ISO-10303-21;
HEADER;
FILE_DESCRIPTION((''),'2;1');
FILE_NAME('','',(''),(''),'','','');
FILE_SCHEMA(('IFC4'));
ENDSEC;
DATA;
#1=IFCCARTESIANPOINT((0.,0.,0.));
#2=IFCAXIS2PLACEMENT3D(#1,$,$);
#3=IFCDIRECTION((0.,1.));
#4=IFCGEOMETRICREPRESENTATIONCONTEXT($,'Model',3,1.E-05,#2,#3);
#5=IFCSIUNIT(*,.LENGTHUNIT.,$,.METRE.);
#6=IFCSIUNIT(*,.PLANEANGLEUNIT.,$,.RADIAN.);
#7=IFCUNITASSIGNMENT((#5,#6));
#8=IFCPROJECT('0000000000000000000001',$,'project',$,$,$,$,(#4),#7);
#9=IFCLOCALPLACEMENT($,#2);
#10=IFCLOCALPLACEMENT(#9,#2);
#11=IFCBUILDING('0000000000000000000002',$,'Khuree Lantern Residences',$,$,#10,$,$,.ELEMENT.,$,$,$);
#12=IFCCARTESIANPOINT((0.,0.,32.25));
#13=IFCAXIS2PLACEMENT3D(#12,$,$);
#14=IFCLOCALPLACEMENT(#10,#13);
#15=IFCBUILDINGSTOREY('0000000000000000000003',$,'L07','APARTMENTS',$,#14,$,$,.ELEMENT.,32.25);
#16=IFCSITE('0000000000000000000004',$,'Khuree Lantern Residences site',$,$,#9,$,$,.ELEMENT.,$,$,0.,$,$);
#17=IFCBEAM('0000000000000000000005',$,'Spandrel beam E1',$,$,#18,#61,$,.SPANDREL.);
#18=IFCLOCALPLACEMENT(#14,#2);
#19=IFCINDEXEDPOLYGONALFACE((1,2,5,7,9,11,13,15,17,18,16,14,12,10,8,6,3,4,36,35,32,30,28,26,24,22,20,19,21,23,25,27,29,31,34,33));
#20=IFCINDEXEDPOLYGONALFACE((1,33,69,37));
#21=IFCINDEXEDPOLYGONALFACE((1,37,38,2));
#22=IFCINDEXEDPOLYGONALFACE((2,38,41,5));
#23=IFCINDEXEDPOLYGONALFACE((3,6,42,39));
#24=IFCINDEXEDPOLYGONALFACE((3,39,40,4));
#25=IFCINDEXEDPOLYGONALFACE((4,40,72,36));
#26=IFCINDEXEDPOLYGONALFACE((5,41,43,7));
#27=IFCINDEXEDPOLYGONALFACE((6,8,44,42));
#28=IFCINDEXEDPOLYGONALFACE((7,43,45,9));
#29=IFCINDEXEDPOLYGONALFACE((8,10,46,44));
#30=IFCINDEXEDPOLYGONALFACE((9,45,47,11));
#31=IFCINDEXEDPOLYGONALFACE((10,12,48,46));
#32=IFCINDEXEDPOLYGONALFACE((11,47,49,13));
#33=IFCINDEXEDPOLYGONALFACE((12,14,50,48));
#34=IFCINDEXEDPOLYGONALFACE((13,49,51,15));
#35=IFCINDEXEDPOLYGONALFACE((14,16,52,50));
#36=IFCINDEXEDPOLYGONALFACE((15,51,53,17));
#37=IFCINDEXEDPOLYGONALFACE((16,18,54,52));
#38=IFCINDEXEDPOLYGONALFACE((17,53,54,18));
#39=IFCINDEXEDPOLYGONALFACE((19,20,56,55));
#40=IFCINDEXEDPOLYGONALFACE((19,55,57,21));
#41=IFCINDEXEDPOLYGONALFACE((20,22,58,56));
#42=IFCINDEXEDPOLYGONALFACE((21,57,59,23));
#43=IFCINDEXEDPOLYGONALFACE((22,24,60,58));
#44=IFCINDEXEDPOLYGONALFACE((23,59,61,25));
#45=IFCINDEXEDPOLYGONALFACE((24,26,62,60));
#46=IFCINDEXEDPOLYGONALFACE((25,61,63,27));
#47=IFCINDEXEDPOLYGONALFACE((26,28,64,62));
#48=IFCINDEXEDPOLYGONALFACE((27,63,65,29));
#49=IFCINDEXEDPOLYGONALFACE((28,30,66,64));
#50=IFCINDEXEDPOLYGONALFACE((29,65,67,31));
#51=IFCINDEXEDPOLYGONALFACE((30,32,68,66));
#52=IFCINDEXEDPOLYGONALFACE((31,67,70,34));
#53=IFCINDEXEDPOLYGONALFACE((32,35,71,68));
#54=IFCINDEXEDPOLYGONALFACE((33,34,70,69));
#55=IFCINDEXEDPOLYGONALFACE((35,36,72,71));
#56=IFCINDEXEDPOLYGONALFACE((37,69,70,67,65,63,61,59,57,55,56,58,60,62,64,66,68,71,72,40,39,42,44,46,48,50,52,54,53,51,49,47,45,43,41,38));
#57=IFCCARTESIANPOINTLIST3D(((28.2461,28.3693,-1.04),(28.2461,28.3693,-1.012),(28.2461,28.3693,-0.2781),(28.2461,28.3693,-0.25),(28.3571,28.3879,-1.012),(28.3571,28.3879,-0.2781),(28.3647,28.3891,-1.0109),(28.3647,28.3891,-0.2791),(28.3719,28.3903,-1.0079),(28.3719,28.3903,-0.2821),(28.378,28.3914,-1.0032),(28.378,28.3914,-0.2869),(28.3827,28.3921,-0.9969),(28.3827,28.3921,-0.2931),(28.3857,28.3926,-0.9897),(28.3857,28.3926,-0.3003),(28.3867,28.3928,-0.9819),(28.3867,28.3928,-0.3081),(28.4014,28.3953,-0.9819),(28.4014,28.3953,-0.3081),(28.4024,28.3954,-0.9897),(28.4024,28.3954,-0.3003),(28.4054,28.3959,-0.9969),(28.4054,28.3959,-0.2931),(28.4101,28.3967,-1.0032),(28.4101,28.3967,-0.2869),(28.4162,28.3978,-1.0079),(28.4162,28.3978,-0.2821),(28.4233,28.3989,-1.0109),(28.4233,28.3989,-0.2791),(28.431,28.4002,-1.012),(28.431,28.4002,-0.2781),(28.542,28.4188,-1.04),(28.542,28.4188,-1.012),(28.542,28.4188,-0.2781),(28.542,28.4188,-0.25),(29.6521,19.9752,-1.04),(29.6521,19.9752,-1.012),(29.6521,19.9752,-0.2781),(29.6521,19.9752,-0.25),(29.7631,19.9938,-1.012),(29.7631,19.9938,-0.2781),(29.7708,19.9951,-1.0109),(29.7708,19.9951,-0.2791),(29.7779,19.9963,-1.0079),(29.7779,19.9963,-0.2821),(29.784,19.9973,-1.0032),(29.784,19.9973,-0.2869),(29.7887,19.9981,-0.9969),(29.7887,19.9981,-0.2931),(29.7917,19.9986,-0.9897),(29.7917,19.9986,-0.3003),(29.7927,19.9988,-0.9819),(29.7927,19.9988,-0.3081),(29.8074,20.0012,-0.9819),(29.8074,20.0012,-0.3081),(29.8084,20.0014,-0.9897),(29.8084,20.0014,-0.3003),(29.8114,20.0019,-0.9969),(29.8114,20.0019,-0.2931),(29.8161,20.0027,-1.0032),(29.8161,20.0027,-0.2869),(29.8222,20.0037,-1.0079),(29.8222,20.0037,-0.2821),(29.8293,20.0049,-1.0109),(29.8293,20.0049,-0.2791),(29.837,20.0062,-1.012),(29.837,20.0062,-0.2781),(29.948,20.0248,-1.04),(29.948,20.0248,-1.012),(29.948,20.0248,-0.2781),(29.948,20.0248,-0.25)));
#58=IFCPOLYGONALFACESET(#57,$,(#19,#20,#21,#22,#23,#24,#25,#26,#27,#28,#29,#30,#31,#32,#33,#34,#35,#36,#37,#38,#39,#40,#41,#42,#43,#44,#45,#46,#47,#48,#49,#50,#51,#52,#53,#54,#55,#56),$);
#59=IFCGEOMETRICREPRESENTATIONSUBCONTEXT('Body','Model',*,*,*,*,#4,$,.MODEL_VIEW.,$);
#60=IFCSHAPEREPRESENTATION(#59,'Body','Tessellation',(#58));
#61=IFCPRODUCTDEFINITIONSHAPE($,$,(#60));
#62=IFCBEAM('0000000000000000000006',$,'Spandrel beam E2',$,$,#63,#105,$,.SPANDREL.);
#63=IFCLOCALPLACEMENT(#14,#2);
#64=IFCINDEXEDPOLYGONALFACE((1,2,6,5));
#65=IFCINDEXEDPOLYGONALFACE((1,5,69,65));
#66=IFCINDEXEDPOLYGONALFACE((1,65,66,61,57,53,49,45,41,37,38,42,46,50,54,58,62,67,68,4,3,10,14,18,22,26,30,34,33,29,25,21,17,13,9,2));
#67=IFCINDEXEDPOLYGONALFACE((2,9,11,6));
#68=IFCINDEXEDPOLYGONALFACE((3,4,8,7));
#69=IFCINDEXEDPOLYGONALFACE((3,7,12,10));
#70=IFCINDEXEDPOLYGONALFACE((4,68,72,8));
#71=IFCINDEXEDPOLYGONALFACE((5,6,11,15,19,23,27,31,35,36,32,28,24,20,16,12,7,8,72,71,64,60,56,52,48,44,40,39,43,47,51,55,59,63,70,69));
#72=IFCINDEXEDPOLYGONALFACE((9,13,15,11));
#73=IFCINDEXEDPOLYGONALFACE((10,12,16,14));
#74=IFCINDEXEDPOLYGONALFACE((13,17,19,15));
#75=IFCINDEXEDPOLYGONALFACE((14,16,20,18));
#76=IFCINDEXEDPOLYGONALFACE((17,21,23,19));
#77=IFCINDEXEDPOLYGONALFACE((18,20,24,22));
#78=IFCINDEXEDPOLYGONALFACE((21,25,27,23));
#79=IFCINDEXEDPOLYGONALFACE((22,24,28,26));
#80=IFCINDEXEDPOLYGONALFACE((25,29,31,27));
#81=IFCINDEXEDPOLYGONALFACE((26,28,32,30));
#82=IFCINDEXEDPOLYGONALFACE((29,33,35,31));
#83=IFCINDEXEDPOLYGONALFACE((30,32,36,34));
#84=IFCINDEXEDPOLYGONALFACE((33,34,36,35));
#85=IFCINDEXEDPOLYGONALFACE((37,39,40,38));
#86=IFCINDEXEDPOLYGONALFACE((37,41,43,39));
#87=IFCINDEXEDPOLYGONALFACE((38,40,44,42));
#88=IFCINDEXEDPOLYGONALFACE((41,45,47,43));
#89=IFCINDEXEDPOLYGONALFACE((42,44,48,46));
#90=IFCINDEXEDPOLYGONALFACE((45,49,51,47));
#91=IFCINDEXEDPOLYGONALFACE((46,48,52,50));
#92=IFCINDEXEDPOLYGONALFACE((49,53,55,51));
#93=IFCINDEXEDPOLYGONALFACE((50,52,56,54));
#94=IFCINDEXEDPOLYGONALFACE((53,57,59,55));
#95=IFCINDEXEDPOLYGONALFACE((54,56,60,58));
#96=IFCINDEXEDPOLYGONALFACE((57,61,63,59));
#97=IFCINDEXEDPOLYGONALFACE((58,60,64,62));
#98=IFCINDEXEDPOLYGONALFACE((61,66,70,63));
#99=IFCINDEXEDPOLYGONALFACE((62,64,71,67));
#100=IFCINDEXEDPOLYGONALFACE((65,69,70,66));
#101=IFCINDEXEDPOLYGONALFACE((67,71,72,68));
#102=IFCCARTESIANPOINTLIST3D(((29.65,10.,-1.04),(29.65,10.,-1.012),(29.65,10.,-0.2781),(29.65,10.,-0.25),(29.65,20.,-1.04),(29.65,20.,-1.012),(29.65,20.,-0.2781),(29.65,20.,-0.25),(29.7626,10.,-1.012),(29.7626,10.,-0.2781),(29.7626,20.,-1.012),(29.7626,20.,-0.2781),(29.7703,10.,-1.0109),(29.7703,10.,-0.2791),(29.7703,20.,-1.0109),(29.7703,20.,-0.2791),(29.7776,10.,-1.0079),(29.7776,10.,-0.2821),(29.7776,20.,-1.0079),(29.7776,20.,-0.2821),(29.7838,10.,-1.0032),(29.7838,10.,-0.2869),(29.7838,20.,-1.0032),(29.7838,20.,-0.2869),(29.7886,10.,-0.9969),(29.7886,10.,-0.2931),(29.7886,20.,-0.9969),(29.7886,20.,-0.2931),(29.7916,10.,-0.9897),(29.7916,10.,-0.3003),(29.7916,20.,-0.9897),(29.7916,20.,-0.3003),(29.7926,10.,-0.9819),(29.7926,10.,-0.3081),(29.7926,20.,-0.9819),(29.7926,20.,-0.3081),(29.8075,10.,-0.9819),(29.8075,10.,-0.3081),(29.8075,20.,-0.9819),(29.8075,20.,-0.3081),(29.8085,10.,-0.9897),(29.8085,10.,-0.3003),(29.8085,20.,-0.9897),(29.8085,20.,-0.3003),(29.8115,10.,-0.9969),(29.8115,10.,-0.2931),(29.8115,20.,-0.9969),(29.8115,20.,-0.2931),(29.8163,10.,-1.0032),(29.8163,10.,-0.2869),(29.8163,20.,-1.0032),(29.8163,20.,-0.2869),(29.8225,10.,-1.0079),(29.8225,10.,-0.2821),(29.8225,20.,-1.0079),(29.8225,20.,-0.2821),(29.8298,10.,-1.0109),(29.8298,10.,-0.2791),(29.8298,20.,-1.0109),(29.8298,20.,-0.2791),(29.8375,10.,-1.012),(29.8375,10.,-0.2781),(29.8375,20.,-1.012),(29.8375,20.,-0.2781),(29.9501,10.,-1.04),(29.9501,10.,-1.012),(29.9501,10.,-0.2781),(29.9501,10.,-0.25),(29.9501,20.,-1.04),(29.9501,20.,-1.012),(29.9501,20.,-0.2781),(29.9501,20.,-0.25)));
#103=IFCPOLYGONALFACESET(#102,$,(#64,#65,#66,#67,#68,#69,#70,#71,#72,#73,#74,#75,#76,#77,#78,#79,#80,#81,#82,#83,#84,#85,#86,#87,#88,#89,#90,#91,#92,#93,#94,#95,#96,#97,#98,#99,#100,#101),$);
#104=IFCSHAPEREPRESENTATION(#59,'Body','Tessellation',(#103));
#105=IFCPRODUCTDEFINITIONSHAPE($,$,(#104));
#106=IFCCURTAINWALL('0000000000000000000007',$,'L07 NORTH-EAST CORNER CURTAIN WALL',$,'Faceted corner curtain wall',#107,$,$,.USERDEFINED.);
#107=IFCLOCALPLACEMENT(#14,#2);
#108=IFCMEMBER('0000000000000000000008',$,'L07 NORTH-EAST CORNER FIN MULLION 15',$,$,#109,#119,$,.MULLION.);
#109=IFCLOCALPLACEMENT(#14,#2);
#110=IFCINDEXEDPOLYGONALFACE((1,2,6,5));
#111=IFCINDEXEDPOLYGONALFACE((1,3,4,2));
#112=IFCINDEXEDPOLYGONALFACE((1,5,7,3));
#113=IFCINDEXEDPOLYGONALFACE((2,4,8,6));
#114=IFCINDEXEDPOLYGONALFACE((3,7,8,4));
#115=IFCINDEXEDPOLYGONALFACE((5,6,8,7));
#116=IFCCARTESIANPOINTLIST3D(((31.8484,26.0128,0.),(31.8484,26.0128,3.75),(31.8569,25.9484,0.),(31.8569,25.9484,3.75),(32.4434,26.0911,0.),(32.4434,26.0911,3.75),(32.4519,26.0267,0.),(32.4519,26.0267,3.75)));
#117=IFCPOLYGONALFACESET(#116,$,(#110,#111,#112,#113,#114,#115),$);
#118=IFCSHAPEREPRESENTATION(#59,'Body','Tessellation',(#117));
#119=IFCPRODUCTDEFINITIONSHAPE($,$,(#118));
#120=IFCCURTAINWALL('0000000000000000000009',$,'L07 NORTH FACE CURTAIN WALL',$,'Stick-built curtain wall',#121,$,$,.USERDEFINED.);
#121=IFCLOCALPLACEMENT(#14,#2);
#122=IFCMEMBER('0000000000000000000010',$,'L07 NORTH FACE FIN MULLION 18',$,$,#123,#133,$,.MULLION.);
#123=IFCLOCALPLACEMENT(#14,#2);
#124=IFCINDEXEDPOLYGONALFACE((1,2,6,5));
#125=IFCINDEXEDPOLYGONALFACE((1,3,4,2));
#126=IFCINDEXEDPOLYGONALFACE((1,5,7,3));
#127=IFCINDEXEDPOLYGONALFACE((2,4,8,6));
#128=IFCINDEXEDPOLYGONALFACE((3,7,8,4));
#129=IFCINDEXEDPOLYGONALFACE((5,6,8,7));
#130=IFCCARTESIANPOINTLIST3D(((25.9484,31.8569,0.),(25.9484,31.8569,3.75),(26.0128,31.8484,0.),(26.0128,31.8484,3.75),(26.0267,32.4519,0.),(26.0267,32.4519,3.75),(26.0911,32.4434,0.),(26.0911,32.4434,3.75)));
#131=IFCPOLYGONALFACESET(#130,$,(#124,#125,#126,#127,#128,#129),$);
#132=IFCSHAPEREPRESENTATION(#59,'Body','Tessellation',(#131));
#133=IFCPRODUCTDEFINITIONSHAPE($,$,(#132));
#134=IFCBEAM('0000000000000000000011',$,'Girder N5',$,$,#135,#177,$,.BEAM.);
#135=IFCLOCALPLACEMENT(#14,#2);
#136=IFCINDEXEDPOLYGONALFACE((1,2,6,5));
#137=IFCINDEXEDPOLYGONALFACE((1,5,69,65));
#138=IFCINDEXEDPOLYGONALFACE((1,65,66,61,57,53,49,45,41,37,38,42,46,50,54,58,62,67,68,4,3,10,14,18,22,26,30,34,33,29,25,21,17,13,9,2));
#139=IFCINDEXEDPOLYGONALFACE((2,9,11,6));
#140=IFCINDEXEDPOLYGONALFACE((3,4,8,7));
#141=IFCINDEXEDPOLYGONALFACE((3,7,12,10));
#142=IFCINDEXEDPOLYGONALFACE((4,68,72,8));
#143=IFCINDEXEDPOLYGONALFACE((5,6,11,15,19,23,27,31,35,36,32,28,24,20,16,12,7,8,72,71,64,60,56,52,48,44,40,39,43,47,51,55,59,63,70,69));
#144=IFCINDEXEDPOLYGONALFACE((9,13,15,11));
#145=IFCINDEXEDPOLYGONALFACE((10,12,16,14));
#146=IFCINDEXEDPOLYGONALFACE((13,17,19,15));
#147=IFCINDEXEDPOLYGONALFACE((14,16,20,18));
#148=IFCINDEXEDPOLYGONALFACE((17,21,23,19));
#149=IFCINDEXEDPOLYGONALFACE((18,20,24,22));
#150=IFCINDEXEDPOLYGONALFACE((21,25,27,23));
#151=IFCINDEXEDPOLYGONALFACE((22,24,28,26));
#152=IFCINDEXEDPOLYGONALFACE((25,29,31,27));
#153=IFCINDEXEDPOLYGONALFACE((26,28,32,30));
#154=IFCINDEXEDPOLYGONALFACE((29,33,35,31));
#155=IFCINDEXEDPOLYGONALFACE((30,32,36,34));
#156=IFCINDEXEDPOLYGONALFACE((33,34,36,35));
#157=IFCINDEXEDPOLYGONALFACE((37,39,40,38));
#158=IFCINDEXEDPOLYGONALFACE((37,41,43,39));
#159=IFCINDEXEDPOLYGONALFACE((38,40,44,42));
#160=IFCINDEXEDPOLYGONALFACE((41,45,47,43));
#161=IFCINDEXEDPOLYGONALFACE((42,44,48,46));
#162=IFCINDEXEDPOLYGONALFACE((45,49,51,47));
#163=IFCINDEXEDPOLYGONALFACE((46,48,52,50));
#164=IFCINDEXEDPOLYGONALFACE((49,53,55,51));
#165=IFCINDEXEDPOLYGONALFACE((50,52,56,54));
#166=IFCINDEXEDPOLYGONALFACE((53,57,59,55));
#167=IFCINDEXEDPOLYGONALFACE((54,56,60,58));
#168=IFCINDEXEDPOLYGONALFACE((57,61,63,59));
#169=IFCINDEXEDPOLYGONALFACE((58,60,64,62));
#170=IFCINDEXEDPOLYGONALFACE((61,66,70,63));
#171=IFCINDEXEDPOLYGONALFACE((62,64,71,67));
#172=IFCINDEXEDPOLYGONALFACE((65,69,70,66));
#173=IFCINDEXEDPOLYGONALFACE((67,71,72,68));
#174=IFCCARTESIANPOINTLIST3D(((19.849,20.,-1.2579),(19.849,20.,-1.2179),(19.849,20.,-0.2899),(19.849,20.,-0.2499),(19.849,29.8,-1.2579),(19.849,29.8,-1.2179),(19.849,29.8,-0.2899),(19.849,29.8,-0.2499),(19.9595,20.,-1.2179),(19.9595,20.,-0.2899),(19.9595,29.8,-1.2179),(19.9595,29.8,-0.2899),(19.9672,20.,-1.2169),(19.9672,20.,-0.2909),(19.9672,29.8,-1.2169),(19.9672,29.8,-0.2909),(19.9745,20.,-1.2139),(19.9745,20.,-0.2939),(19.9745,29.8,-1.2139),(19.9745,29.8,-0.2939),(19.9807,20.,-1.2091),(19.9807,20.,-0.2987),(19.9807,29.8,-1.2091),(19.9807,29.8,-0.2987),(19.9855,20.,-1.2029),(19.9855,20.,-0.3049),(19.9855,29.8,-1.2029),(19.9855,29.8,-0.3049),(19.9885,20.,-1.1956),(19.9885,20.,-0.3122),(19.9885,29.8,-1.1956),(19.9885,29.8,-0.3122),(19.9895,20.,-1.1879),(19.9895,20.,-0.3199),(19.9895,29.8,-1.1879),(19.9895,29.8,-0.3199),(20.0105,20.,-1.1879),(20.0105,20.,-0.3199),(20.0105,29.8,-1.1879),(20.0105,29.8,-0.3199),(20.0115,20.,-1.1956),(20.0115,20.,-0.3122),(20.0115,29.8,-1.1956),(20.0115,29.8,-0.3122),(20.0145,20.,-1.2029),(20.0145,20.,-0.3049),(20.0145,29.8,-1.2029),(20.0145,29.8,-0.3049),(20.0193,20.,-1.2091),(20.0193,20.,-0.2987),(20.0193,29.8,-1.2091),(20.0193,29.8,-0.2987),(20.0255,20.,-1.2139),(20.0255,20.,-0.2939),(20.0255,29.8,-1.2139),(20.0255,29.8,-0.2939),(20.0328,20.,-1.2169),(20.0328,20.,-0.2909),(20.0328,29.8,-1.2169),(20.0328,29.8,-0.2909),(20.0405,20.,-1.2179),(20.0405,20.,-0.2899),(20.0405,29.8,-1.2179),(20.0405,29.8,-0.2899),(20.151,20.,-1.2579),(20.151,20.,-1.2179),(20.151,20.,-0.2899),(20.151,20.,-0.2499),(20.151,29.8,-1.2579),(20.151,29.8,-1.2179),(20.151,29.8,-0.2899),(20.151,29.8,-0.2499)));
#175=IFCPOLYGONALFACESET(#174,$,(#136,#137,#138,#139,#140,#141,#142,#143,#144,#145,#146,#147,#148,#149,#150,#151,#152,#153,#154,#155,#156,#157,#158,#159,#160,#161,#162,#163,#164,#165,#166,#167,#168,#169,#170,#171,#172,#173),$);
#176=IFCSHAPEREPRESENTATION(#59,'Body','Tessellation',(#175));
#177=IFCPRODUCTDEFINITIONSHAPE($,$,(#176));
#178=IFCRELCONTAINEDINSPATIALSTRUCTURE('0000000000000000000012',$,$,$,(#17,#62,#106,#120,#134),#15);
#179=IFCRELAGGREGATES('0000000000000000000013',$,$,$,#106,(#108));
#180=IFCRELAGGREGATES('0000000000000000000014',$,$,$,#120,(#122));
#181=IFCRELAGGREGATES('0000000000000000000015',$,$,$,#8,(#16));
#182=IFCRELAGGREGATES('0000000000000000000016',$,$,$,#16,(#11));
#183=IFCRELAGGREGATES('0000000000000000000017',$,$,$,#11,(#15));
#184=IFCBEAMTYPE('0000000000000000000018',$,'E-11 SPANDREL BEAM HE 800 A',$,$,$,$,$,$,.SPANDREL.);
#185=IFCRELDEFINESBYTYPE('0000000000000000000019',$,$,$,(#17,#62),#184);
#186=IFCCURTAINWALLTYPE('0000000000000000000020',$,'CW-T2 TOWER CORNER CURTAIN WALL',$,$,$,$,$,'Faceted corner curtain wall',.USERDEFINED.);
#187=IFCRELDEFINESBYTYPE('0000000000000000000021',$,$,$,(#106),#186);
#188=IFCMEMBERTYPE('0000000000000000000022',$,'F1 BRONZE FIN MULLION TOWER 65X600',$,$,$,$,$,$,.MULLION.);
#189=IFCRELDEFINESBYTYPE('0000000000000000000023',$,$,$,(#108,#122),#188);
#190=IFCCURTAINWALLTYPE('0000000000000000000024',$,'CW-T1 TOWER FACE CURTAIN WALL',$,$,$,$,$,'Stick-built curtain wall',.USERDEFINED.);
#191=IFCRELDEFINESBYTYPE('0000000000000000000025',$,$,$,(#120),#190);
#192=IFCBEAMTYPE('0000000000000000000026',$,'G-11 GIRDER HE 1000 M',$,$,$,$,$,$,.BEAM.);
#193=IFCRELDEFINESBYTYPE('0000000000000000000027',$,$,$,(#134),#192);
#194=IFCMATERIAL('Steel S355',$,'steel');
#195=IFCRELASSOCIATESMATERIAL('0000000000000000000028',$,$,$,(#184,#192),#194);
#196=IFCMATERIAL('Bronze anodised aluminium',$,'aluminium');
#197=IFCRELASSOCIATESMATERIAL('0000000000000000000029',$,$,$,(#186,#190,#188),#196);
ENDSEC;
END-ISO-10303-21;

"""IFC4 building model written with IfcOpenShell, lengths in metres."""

from ifc_helpers import new_model, si_unit, direction, frame, origin, origin_2d, place, context, subcontext, project, spatial, rectangle, i_section, extrude, material, material_profile, profile_set, type_object, element, aggregate, save


model = new_model("IFC4")

# Units and contexts
model_context = context("Model", 3, precision=1e-05, world=origin(), true_north=direction((0.0, 1.0)))
body_context = subcontext(model_context, "Body", "Model", "MODEL_VIEW")
ifc_project = project(units=[si_unit("LENGTHUNIT", "METRE"), si_unit("PLANEANGLEUNIT", "RADIAN")], contexts=[model_context])

# Site, building, storey
site_placement = place(None, origin())
site = spatial("IfcSite", under=ifc_project, at=site_placement, Name="Khuree Lantern Residences site", CompositionType="ELEMENT", RefElevation=0.0)
building_placement = place(site_placement, origin())
building = spatial("IfcBuilding", under=site, at=building_placement, Name="Khuree Lantern Residences", CompositionType="ELEMENT")
storey_placement = place(building_placement, frame((0.0, 0.0, 32.25)))
storey = spatial("IfcBuildingStorey", under=building, at=storey_placement, Name="L07", Description="APARTMENTS", CompositionType="ELEMENT", Elevation=32.25)

# Beams
ifc_material_1 = material(Name="Steel S355", Category="steel")
ifc_material_profile_1 = material_profile(ifc_material_1, i_section(OverallWidth=0.3, OverallDepth=0.79, WebThickness=0.0149, FlangeThickness=0.0281, FilletRadius=0.03, at=origin_2d()), Name="HE 800 A")
ifc_profile_set_1 = profile_set([ifc_material_profile_1], Name="Steel S355")
beam_type_1 = type_object("IfcBeamType", Name="E-11 SPANDREL BEAM HE 800 A", PredefinedType="SPANDREL", material=ifc_profile_set_1)
for number, where, z_axis, x_axis, name in (
    (1, (28.394, 28.394, -0.645), (0.165199, -0.98626, 0.0), (0.98626, 0.165199, 0.0), "Spandrel beam E1"),
):
    element("IfcBeam", number, at=place(storey_placement, frame(where, z_axis=z_axis, x_axis=x_axis)), inside=storey, type_object=beam_type_1, Name=name, PredefinedType="SPANDREL", context=body_context, shape_type="SweptSolid", body=[
        extrude(i_section(OverallWidth=0.3, OverallDepth=0.79, WebThickness=0.0149, FlangeThickness=0.0281, FilletRadius=0.03, at=origin_2d()), origin(), (0.0, 0.0, 1.0), 8.511),
    ])
beam_1_placement = place(storey_placement, frame((29.8, 20.0, -0.645), z_axis=(0.0, -1.0, 0.0), x_axis=(1.0, 0.0, 0.0)))
element("IfcBeam", 2, at=beam_1_placement, inside=storey, type_object=beam_type_1, Name="Spandrel beam E2", PredefinedType="SPANDREL", context=body_context, shape_type="SweptSolid", body=[
    extrude(i_section(OverallWidth=0.3, OverallDepth=0.79, WebThickness=0.0149, FlangeThickness=0.0281, FilletRadius=0.03, at=origin_2d()), origin(), (0.0, 0.0, 1.0), 10.0),
])

# Curtain walls, members
ifc_material_2 = material(Name="Bronze anodised aluminium", Category="aluminium")
curtain_wall_type_1 = type_object("IfcCurtainWallType", Name="CW-T2 TOWER CORNER CURTAIN WALL", ElementType="Faceted corner curtain wall", PredefinedType="USERDEFINED", material=ifc_material_2)
curtain_wall_1_placement = place(storey_placement, origin())
curtain_wall_1 = element("IfcCurtainWall", 3, at=curtain_wall_1_placement, inside=storey, type_object=curtain_wall_type_1, Name="L07 NORTH-EAST CORNER CURTAIN WALL", ObjectType="Faceted corner curtain wall", PredefinedType="USERDEFINED")
ifc_material_profile_2 = material_profile(ifc_material_2, rectangle(XDim=0.0649, YDim=0.6001, at=origin_2d()), Name="F1 65X600")
ifc_profile_set_2 = profile_set([ifc_material_profile_2], Name="Bronze anodised aluminium")
member_type_1 = type_object("IfcMemberType", Name="F1 BRONZE FIN MULLION TOWER 65X600", PredefinedType="MULLION", material=ifc_profile_set_2)
member_1_placement = place(storey_placement, frame((32.1501, 26.0198, 0.0), z_axis=(0.0, 0.0, 1.0), x_axis=(-0.130526, 0.991445, 0.0)))
member_1 = element("IfcMember", 4, at=member_1_placement, type_object=member_type_1, Name="L07 NORTH-EAST CORNER FIN MULLION 15", PredefinedType="MULLION", context=body_context, shape_type="SweptSolid", body=[
    extrude(rectangle(XDim=0.0649, YDim=0.6001, at=origin_2d()), origin(), (0.0, 0.0, 1.0), 3.75),
])
curtain_wall_type_2 = type_object("IfcCurtainWallType", Name="CW-T1 TOWER FACE CURTAIN WALL", ElementType="Stick-built curtain wall", PredefinedType="USERDEFINED", material=ifc_material_2)
curtain_wall_2_placement = place(storey_placement, origin())
curtain_wall_2 = element("IfcCurtainWall", 5, at=curtain_wall_2_placement, inside=storey, type_object=curtain_wall_type_2, Name="L07 NORTH FACE CURTAIN WALL", ObjectType="Stick-built curtain wall", PredefinedType="USERDEFINED")
member_2_placement = place(storey_placement, frame((26.0198, 32.1501, 0.0), z_axis=(0.0, 0.0, 1.0), x_axis=(-0.991445, 0.130526, 0.0)))
member_2 = element("IfcMember", 6, at=member_2_placement, type_object=member_type_1, Name="L07 NORTH FACE FIN MULLION 18", PredefinedType="MULLION", context=body_context, shape_type="SweptSolid", body=[
    extrude(rectangle(XDim=0.0649, YDim=0.6001, at=origin_2d()), origin(), (0.0, 0.0, 1.0), 3.75),
])

# Beam
ifc_material_profile_3 = material_profile(ifc_material_1, i_section(OverallWidth=0.302, OverallDepth=1.0081, WebThickness=0.021, FlangeThickness=0.04, FilletRadius=0.03, at=origin_2d()), Name="HE 1000 M")
ifc_profile_set_3 = profile_set([ifc_material_profile_3], Name="Steel S355")
beam_type_2 = type_object("IfcBeamType", Name="G-11 GIRDER HE 1000 M", PredefinedType="BEAM", material=ifc_profile_set_3)
beam_2_placement = place(storey_placement, frame((20.0, 29.8, -0.7539), z_axis=(0.0, -1.0, 0.0), x_axis=(1.0, 0.0, 0.0)))
element("IfcBeam", 7, at=beam_2_placement, inside=storey, type_object=beam_type_2, Name="Girder N5", PredefinedType="BEAM", context=body_context, shape_type="SweptSolid", body=[
    extrude(i_section(OverallWidth=0.302, OverallDepth=1.0081, WebThickness=0.021, FlangeThickness=0.04, FilletRadius=0.03, at=origin_2d()), origin(), (0.0, 0.0, 1.0), 9.8),
])

aggregate(curtain_wall_1, [member_1])
aggregate(curtain_wall_2, [member_2])

save(model, "model.ifc")
